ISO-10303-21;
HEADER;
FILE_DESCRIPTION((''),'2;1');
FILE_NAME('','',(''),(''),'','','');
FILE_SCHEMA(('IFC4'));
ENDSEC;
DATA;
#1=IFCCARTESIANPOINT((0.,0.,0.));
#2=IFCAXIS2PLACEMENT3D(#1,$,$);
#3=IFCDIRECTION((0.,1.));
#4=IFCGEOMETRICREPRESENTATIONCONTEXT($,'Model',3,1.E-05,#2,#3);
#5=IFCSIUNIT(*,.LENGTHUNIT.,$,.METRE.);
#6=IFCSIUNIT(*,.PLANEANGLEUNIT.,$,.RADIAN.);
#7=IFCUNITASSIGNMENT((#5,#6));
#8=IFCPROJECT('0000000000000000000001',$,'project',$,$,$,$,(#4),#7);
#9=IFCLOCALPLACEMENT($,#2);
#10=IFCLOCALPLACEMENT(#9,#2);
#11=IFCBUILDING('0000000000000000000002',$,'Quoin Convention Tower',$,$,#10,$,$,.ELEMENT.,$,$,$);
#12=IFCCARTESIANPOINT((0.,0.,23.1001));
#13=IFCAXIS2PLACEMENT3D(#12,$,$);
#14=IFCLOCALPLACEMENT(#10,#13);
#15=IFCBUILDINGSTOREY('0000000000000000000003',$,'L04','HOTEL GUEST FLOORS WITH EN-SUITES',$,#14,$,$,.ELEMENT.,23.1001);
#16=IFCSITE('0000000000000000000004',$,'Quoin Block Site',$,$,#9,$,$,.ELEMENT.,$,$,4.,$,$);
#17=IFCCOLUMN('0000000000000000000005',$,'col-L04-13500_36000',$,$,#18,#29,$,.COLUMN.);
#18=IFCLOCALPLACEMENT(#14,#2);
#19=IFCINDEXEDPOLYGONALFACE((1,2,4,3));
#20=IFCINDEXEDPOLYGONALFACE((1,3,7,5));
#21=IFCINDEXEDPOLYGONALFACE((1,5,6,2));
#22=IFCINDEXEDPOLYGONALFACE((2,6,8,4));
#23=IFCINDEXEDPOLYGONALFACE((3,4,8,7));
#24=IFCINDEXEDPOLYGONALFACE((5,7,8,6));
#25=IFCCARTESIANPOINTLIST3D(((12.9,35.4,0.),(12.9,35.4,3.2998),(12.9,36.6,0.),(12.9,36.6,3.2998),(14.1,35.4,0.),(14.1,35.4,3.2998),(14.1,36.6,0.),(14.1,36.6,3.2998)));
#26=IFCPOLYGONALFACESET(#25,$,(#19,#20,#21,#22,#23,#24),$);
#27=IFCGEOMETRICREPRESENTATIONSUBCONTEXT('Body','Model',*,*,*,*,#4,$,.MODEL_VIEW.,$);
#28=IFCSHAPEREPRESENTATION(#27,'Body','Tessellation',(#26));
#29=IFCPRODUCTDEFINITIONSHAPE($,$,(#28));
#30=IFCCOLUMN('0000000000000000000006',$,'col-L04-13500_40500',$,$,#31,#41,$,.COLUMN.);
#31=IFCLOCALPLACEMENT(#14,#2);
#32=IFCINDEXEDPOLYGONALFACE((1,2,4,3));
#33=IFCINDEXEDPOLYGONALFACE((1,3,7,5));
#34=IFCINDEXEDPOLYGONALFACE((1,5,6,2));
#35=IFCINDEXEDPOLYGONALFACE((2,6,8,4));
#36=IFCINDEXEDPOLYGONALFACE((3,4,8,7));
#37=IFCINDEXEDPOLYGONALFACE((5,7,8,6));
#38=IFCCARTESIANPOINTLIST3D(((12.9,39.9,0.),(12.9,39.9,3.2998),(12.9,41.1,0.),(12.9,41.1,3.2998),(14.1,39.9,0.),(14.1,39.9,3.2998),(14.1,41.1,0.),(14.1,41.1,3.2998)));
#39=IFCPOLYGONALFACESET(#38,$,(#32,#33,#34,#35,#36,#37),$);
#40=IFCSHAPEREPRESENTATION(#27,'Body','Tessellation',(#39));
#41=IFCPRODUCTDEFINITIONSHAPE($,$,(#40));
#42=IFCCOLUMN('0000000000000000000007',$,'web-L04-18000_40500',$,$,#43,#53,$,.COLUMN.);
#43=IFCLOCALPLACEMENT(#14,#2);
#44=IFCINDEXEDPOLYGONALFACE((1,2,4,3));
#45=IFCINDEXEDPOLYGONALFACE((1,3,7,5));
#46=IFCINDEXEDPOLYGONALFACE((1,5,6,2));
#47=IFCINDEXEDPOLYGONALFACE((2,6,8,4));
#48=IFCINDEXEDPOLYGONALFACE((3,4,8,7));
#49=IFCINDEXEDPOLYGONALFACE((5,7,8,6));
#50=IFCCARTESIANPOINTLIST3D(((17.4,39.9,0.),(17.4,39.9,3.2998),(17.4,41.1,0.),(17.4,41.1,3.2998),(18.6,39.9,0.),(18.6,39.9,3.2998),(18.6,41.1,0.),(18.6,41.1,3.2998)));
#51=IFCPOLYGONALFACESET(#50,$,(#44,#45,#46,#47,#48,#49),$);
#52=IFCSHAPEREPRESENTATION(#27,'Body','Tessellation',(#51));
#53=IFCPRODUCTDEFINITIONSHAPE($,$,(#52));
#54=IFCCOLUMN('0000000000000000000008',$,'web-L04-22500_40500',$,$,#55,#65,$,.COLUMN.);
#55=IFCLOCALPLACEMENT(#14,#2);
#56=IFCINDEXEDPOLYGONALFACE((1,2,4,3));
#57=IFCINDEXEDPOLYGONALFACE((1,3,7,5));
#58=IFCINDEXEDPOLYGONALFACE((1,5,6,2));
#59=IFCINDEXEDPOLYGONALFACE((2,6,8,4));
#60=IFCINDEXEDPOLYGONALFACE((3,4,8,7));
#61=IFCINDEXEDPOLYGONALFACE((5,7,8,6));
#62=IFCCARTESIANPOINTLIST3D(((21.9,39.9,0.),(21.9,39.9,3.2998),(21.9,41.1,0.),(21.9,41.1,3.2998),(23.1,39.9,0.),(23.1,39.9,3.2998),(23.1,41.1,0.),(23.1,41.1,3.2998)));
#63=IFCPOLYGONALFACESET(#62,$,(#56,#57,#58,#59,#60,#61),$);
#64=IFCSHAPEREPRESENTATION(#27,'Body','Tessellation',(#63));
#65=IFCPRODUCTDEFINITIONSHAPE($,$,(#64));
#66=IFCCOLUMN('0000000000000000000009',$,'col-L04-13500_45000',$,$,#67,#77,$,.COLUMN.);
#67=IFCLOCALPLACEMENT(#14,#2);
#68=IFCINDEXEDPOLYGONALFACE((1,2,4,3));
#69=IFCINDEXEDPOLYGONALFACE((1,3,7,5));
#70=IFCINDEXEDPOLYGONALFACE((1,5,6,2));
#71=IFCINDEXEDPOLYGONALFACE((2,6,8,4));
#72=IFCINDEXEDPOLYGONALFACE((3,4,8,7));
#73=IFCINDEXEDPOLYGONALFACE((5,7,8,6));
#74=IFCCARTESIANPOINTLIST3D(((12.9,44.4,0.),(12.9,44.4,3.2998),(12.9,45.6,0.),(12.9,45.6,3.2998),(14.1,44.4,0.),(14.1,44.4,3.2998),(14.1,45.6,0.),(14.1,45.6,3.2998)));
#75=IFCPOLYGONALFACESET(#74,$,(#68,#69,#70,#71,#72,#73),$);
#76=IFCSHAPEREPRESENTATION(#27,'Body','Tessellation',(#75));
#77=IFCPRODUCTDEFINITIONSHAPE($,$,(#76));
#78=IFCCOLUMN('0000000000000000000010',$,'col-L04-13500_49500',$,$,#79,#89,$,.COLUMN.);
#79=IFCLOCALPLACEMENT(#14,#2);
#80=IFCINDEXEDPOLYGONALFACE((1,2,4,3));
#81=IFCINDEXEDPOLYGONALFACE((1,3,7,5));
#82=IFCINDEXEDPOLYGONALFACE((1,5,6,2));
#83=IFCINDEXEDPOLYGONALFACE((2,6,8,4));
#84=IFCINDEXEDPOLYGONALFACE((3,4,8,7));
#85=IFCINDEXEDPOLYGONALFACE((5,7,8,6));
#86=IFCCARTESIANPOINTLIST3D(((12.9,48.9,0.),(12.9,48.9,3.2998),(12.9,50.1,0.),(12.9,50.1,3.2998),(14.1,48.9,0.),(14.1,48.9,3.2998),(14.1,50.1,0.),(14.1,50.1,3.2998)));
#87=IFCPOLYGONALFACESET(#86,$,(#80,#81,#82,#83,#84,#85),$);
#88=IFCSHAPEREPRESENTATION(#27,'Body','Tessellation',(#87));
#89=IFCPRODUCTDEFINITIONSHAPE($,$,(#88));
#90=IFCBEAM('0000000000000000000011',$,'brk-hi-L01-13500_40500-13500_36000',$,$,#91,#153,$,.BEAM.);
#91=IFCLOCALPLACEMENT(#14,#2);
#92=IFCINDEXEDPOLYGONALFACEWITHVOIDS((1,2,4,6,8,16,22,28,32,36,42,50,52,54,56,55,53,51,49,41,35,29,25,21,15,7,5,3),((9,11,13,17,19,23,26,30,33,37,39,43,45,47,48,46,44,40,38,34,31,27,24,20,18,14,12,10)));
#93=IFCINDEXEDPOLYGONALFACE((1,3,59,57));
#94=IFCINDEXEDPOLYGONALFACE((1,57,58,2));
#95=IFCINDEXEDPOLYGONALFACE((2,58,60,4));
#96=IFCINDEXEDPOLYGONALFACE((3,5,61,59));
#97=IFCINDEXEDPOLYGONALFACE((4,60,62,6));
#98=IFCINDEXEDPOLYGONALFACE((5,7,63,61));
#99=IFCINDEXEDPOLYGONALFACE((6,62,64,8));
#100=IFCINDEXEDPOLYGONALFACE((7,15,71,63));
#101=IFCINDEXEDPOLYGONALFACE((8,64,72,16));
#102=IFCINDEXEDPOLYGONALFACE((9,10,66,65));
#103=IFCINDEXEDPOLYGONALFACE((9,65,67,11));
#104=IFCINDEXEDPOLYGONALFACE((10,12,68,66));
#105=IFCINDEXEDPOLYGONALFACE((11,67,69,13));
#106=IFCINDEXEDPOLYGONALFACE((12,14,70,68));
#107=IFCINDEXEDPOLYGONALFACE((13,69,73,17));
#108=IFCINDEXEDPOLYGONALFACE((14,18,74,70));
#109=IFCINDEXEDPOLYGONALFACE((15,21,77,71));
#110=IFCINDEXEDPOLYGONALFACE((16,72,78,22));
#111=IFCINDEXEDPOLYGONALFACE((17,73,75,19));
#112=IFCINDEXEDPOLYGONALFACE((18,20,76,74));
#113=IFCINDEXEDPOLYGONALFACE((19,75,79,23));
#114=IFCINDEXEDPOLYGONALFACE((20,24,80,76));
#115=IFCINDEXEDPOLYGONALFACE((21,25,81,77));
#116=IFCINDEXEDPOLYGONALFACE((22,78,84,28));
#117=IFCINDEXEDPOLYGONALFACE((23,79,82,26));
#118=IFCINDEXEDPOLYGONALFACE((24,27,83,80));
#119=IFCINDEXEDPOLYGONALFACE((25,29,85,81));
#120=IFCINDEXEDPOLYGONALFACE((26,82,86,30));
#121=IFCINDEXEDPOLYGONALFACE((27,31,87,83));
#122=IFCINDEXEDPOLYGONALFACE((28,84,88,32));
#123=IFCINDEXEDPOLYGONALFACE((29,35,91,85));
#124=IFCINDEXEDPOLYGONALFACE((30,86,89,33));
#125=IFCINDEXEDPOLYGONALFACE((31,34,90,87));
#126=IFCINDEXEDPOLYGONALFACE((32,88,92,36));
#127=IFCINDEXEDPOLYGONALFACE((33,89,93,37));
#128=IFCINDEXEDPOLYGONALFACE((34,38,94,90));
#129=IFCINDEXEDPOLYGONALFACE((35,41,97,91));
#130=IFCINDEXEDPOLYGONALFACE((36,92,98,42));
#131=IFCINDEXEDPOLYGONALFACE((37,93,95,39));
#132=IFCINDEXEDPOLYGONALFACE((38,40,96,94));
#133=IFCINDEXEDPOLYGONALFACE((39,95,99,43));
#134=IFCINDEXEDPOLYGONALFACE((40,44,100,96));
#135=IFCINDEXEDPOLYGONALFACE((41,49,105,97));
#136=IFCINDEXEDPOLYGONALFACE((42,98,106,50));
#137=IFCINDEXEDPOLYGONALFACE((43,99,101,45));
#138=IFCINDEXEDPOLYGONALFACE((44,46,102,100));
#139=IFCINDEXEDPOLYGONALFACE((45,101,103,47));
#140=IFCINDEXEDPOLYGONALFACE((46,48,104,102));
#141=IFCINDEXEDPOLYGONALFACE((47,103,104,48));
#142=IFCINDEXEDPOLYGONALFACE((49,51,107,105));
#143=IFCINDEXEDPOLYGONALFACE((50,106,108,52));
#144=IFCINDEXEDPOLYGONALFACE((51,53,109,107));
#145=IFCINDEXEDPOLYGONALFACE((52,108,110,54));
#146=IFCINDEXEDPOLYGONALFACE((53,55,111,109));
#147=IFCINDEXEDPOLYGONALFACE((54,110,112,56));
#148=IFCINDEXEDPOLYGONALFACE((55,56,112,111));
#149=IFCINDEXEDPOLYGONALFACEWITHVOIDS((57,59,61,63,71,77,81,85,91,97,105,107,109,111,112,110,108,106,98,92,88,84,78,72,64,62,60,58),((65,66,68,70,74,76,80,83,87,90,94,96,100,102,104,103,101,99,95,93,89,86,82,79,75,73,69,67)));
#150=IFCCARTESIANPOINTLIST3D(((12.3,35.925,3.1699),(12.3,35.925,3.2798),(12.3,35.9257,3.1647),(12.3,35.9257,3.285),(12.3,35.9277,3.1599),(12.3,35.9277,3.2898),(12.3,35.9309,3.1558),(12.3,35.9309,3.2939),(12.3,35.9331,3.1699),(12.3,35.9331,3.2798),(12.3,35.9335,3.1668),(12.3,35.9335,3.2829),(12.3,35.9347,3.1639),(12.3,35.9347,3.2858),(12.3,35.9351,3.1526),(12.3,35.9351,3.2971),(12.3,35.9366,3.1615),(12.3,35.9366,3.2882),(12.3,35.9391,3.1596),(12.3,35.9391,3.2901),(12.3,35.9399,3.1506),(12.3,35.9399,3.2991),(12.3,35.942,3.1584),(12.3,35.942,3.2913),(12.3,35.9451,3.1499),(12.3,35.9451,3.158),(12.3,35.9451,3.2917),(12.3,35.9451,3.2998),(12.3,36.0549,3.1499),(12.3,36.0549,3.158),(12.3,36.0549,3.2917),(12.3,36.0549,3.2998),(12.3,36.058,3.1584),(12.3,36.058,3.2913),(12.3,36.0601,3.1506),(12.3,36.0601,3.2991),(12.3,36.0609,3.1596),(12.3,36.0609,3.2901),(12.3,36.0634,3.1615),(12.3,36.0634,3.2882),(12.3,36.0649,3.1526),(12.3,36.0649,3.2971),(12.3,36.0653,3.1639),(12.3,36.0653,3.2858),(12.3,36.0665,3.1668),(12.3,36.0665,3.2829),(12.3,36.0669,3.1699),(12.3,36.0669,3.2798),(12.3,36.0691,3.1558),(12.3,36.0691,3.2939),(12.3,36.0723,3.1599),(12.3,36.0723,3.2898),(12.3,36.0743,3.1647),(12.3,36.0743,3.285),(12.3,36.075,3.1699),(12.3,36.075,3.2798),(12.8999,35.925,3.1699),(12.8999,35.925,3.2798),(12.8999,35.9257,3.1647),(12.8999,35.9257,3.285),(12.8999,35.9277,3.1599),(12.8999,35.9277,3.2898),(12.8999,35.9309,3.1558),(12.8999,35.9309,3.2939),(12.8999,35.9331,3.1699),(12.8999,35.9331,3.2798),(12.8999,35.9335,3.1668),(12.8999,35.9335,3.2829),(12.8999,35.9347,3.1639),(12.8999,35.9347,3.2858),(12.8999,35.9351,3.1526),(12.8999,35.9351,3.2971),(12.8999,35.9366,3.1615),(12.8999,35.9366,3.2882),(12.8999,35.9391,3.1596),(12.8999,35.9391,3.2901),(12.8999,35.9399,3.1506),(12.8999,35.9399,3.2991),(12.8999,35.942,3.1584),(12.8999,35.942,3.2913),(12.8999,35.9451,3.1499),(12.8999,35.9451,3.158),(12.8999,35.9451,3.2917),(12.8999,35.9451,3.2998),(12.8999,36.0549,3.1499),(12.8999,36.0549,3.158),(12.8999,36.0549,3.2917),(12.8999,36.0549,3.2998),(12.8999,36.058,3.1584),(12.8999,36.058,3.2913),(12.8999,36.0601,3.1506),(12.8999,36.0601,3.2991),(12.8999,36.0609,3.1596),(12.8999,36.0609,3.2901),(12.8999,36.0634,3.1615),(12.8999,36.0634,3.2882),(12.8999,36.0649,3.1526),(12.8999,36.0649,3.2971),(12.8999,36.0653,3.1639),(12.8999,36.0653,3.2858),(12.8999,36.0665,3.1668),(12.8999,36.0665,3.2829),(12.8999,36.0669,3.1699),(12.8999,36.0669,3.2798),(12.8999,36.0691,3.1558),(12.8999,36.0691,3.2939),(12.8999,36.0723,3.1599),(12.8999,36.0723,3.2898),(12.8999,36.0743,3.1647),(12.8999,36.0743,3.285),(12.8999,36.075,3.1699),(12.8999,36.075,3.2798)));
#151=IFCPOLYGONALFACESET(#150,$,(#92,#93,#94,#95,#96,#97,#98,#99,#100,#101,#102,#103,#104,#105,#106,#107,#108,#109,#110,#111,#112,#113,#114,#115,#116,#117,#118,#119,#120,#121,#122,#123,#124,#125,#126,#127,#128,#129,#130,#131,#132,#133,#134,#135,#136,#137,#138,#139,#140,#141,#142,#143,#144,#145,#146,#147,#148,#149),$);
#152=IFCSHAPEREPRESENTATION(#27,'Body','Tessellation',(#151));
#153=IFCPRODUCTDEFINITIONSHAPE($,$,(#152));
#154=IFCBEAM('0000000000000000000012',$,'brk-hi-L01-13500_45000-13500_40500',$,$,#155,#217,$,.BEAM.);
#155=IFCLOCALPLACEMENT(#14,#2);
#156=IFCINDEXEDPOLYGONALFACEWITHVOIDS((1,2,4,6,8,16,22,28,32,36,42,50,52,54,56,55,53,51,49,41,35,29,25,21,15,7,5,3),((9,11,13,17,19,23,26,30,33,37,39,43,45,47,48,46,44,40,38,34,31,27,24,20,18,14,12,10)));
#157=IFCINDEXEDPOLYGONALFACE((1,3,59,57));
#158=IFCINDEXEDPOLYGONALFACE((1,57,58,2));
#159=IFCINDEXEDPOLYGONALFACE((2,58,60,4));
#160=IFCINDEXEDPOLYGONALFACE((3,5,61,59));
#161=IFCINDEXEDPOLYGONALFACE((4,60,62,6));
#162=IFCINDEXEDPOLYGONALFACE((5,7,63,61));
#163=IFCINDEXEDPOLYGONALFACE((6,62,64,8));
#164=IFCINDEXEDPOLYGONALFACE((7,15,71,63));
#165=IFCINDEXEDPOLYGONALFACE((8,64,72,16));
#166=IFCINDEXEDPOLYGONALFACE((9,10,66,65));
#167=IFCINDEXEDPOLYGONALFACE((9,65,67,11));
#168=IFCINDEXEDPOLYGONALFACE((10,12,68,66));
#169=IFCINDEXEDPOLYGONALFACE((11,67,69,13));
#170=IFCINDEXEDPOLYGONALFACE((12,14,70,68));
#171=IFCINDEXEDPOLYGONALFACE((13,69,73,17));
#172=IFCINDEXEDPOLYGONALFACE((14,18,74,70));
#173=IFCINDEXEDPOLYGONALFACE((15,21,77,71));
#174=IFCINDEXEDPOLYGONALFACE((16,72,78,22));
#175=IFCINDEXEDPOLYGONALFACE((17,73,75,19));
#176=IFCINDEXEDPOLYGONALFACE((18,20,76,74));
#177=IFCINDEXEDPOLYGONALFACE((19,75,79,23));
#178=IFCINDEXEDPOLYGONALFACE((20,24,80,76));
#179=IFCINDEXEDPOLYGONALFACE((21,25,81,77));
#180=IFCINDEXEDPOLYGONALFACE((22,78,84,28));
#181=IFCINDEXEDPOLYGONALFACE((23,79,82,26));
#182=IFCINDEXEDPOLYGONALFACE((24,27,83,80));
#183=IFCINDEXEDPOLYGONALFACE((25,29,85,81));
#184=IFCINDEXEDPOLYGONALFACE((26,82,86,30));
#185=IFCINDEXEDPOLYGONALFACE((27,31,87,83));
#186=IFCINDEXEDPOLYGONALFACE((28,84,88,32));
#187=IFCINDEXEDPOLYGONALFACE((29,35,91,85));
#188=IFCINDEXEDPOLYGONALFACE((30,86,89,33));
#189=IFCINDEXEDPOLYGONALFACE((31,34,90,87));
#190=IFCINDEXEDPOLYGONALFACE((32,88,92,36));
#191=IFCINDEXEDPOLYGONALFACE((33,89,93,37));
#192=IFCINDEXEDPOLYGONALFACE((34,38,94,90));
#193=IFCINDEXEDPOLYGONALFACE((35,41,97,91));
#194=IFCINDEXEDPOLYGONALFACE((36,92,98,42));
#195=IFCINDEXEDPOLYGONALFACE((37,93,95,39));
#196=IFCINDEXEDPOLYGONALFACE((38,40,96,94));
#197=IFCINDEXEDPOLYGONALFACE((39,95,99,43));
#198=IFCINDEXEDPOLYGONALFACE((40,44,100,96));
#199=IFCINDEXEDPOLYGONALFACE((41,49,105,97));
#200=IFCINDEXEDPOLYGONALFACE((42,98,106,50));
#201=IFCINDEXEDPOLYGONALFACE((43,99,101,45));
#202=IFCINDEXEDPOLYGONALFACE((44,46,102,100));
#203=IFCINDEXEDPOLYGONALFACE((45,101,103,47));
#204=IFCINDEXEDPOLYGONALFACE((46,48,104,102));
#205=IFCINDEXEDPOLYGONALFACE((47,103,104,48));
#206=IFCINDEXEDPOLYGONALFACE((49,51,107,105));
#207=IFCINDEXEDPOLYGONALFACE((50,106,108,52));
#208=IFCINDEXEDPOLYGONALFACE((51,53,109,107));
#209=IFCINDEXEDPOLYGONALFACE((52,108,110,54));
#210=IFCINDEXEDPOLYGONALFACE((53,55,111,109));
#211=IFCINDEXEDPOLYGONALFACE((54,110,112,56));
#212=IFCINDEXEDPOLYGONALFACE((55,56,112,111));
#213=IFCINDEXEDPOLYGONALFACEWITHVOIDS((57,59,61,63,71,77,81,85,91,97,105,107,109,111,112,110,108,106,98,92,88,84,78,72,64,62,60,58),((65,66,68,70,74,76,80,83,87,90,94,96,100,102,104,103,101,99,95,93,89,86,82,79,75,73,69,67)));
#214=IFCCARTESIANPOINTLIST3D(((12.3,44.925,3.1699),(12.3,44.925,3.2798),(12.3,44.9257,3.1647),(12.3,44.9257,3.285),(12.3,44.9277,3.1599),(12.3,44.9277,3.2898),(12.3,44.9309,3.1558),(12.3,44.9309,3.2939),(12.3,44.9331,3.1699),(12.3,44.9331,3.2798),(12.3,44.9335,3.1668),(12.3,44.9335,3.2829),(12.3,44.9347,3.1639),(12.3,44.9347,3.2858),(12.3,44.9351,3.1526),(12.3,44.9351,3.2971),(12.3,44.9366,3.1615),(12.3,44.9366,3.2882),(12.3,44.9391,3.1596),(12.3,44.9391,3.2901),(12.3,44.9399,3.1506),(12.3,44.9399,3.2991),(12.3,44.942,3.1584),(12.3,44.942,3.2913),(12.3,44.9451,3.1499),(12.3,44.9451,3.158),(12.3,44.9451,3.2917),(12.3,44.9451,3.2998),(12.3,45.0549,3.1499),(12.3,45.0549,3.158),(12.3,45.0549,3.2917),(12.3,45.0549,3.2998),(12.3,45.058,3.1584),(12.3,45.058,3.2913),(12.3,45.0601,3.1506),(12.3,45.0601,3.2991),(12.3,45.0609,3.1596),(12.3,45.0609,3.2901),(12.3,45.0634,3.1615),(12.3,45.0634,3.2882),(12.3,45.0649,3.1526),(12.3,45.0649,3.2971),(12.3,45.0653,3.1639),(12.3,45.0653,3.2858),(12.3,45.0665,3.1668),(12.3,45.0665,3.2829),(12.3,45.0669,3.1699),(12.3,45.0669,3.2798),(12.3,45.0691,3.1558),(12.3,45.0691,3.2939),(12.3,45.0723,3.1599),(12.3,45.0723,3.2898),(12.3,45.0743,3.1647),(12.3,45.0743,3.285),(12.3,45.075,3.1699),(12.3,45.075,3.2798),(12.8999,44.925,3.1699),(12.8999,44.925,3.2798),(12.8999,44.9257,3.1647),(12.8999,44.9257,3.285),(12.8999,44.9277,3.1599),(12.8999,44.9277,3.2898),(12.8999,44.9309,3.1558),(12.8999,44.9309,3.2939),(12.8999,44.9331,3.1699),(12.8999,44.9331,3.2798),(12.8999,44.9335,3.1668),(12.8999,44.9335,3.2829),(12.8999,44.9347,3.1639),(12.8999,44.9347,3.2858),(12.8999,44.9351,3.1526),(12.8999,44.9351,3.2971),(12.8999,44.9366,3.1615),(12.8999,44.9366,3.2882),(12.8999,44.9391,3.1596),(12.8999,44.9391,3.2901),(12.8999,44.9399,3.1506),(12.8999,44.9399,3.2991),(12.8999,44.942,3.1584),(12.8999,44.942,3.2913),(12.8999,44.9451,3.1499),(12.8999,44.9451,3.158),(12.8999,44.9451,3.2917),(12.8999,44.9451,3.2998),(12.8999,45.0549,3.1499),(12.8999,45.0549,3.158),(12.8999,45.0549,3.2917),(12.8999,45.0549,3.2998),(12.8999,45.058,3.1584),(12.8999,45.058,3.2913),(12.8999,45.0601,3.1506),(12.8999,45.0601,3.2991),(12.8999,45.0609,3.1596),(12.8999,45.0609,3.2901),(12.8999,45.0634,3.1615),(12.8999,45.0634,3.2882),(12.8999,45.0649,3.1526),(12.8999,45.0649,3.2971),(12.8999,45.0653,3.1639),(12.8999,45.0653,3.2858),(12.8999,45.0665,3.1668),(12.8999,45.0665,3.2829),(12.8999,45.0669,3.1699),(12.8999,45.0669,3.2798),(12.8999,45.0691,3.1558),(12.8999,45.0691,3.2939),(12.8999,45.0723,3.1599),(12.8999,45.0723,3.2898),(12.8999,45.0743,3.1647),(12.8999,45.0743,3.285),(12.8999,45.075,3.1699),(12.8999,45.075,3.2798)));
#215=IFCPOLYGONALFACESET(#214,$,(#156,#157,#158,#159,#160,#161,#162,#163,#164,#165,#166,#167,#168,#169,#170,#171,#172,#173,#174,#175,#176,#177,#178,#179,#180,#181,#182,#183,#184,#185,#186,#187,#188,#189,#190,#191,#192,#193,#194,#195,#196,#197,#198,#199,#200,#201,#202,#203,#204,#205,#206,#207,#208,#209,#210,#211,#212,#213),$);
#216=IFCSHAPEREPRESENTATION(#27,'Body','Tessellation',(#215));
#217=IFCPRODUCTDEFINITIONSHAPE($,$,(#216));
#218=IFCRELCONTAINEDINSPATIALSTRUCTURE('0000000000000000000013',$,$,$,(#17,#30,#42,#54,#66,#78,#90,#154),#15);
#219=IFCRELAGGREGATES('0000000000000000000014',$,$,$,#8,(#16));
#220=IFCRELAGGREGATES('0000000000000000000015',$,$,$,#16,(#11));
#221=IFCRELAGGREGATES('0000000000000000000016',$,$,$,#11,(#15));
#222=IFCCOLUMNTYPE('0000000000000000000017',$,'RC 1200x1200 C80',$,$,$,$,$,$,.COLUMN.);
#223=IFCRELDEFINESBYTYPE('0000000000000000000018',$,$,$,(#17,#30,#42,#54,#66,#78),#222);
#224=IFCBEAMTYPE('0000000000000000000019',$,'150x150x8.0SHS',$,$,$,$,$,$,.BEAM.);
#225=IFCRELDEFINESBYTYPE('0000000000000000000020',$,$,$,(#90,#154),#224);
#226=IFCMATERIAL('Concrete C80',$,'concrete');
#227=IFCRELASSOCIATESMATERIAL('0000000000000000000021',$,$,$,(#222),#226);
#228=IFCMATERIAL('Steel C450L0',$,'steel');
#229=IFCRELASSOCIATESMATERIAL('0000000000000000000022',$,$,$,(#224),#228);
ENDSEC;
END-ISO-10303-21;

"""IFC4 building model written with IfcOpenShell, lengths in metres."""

from ifc_helpers import new_model, si_unit, direction, frame, origin, origin_2d, place, context, subcontext, project, spatial, rectangle, hollow_rectangle, extrude, material, material_profile, profile_set, type_object, element, save


model = new_model("IFC4")

# Units and contexts
model_context = context("Model", 3, precision=1e-05, world=origin(), true_north=direction((0.0, 1.0)))
body_context = subcontext(model_context, "Body", "Model", "MODEL_VIEW")
ifc_project = project(units=[si_unit("LENGTHUNIT", "METRE"), si_unit("PLANEANGLEUNIT", "RADIAN")], contexts=[model_context])

# Site, building, storey
site_placement = place(None, origin())
site = spatial("IfcSite", under=ifc_project, at=site_placement, Name="Quoin Block Site", CompositionType="ELEMENT", RefElevation=4.0)
building_placement = place(site_placement, origin())
building = spatial("IfcBuilding", under=site, at=building_placement, Name="Quoin Convention Tower", CompositionType="ELEMENT")
storey_placement = place(building_placement, frame((0.0, 0.0, 23.1001)))
storey = spatial("IfcBuildingStorey", under=building, at=storey_placement, Name="L04", Description="HOTEL GUEST FLOORS WITH EN-SUITES", CompositionType="ELEMENT", Elevation=23.1001)

# Columns
ifc_material_1 = material(Name="Concrete C80", Category="concrete")
ifc_material_profile_1 = material_profile(ifc_material_1, rectangle(XDim=1.2, YDim=1.2, at=origin_2d()), Name="RC 1200x1200")
ifc_profile_set_1 = profile_set([ifc_material_profile_1], Name="Concrete C80")
column_type = type_object("IfcColumnType", Name="RC 1200x1200 C80", PredefinedType="COLUMN", material=ifc_profile_set_1)
for number, where, z_axis, x_axis, name in (
    (1, (13.5, 36.0, 0.0), (0.0, 0.0, 1.0), (1.0, 0.0, 0.0), "col-L04-13500_36000"),
    (2, (13.5, 40.5, 0.0), (0.0, 0.0, 1.0), (1.0, 0.0, 0.0), "col-L04-13500_40500"),
    (3, (18.0, 40.5, 0.0), (0.0, 0.0, 1.0), (1.0, 0.0, 0.0), "web-L04-18000_40500"),
    (4, (22.5, 40.5, 0.0), (0.0, 0.0, 1.0), (1.0, 0.0, 0.0), "web-L04-22500_40500"),
    (5, (13.5, 45.0, 0.0), (0.0, 0.0, 1.0), (1.0, 0.0, 0.0), "col-L04-13500_45000"),
    (6, (13.5, 49.5, 0.0), (0.0, 0.0, 1.0), (1.0, 0.0, 0.0), "col-L04-13500_49500"),
):
    element("IfcColumn", number, at=place(storey_placement, frame(where, z_axis=z_axis, x_axis=x_axis)), inside=storey, type_object=column_type, Name=name, PredefinedType="COLUMN", context=body_context, shape_type="SweptSolid", body=[
        extrude(rectangle(XDim=1.2, YDim=1.2, at=origin_2d()), origin(), (0.0, 0.0, 1.0), 3.2998),
    ])

# Beams
ifc_material_2 = material(Name="Steel C450L0", Category="steel")
ifc_material_profile_2 = material_profile(ifc_material_2, hollow_rectangle(XDim=0.1499, YDim=0.1499, WallThickness=0.0081, InnerFilletRadius=0.012, OuterFilletRadius=0.02, at=origin_2d()), Name="150x150x8.0SHS")
ifc_profile_set_2 = profile_set([ifc_material_profile_2], Name="Steel C450L0")
beam_type = type_object("IfcBeamType", Name="150x150x8.0SHS", PredefinedType="BEAM", material=ifc_profile_set_2)
for number, where, z_axis, x_axis, name in (
    (7, (12.8999, 36.0, 3.2249), (-1.0, 0.0, 0.0), (0.0, -1.0, 0.0), "brk-hi-L01-13500_40500-13500_36000"),
    (8, (12.8999, 45.0, 3.2249), (-1.0, 0.0, 0.0), (0.0, -1.0, 0.0), "brk-hi-L01-13500_45000-13500_40500"),
):
    element("IfcBeam", number, at=place(storey_placement, frame(where, z_axis=z_axis, x_axis=x_axis)), inside=storey, type_object=beam_type, Name=name, PredefinedType="BEAM", context=body_context, shape_type="SweptSolid", body=[
        extrude(hollow_rectangle(XDim=0.1499, YDim=0.1499, WallThickness=0.0081, InnerFilletRadius=0.012, OuterFilletRadius=0.02, at=origin_2d()), origin(), (0.0, 0.0, 1.0), 0.5999),
    ])

save(model, "model.ifc")
